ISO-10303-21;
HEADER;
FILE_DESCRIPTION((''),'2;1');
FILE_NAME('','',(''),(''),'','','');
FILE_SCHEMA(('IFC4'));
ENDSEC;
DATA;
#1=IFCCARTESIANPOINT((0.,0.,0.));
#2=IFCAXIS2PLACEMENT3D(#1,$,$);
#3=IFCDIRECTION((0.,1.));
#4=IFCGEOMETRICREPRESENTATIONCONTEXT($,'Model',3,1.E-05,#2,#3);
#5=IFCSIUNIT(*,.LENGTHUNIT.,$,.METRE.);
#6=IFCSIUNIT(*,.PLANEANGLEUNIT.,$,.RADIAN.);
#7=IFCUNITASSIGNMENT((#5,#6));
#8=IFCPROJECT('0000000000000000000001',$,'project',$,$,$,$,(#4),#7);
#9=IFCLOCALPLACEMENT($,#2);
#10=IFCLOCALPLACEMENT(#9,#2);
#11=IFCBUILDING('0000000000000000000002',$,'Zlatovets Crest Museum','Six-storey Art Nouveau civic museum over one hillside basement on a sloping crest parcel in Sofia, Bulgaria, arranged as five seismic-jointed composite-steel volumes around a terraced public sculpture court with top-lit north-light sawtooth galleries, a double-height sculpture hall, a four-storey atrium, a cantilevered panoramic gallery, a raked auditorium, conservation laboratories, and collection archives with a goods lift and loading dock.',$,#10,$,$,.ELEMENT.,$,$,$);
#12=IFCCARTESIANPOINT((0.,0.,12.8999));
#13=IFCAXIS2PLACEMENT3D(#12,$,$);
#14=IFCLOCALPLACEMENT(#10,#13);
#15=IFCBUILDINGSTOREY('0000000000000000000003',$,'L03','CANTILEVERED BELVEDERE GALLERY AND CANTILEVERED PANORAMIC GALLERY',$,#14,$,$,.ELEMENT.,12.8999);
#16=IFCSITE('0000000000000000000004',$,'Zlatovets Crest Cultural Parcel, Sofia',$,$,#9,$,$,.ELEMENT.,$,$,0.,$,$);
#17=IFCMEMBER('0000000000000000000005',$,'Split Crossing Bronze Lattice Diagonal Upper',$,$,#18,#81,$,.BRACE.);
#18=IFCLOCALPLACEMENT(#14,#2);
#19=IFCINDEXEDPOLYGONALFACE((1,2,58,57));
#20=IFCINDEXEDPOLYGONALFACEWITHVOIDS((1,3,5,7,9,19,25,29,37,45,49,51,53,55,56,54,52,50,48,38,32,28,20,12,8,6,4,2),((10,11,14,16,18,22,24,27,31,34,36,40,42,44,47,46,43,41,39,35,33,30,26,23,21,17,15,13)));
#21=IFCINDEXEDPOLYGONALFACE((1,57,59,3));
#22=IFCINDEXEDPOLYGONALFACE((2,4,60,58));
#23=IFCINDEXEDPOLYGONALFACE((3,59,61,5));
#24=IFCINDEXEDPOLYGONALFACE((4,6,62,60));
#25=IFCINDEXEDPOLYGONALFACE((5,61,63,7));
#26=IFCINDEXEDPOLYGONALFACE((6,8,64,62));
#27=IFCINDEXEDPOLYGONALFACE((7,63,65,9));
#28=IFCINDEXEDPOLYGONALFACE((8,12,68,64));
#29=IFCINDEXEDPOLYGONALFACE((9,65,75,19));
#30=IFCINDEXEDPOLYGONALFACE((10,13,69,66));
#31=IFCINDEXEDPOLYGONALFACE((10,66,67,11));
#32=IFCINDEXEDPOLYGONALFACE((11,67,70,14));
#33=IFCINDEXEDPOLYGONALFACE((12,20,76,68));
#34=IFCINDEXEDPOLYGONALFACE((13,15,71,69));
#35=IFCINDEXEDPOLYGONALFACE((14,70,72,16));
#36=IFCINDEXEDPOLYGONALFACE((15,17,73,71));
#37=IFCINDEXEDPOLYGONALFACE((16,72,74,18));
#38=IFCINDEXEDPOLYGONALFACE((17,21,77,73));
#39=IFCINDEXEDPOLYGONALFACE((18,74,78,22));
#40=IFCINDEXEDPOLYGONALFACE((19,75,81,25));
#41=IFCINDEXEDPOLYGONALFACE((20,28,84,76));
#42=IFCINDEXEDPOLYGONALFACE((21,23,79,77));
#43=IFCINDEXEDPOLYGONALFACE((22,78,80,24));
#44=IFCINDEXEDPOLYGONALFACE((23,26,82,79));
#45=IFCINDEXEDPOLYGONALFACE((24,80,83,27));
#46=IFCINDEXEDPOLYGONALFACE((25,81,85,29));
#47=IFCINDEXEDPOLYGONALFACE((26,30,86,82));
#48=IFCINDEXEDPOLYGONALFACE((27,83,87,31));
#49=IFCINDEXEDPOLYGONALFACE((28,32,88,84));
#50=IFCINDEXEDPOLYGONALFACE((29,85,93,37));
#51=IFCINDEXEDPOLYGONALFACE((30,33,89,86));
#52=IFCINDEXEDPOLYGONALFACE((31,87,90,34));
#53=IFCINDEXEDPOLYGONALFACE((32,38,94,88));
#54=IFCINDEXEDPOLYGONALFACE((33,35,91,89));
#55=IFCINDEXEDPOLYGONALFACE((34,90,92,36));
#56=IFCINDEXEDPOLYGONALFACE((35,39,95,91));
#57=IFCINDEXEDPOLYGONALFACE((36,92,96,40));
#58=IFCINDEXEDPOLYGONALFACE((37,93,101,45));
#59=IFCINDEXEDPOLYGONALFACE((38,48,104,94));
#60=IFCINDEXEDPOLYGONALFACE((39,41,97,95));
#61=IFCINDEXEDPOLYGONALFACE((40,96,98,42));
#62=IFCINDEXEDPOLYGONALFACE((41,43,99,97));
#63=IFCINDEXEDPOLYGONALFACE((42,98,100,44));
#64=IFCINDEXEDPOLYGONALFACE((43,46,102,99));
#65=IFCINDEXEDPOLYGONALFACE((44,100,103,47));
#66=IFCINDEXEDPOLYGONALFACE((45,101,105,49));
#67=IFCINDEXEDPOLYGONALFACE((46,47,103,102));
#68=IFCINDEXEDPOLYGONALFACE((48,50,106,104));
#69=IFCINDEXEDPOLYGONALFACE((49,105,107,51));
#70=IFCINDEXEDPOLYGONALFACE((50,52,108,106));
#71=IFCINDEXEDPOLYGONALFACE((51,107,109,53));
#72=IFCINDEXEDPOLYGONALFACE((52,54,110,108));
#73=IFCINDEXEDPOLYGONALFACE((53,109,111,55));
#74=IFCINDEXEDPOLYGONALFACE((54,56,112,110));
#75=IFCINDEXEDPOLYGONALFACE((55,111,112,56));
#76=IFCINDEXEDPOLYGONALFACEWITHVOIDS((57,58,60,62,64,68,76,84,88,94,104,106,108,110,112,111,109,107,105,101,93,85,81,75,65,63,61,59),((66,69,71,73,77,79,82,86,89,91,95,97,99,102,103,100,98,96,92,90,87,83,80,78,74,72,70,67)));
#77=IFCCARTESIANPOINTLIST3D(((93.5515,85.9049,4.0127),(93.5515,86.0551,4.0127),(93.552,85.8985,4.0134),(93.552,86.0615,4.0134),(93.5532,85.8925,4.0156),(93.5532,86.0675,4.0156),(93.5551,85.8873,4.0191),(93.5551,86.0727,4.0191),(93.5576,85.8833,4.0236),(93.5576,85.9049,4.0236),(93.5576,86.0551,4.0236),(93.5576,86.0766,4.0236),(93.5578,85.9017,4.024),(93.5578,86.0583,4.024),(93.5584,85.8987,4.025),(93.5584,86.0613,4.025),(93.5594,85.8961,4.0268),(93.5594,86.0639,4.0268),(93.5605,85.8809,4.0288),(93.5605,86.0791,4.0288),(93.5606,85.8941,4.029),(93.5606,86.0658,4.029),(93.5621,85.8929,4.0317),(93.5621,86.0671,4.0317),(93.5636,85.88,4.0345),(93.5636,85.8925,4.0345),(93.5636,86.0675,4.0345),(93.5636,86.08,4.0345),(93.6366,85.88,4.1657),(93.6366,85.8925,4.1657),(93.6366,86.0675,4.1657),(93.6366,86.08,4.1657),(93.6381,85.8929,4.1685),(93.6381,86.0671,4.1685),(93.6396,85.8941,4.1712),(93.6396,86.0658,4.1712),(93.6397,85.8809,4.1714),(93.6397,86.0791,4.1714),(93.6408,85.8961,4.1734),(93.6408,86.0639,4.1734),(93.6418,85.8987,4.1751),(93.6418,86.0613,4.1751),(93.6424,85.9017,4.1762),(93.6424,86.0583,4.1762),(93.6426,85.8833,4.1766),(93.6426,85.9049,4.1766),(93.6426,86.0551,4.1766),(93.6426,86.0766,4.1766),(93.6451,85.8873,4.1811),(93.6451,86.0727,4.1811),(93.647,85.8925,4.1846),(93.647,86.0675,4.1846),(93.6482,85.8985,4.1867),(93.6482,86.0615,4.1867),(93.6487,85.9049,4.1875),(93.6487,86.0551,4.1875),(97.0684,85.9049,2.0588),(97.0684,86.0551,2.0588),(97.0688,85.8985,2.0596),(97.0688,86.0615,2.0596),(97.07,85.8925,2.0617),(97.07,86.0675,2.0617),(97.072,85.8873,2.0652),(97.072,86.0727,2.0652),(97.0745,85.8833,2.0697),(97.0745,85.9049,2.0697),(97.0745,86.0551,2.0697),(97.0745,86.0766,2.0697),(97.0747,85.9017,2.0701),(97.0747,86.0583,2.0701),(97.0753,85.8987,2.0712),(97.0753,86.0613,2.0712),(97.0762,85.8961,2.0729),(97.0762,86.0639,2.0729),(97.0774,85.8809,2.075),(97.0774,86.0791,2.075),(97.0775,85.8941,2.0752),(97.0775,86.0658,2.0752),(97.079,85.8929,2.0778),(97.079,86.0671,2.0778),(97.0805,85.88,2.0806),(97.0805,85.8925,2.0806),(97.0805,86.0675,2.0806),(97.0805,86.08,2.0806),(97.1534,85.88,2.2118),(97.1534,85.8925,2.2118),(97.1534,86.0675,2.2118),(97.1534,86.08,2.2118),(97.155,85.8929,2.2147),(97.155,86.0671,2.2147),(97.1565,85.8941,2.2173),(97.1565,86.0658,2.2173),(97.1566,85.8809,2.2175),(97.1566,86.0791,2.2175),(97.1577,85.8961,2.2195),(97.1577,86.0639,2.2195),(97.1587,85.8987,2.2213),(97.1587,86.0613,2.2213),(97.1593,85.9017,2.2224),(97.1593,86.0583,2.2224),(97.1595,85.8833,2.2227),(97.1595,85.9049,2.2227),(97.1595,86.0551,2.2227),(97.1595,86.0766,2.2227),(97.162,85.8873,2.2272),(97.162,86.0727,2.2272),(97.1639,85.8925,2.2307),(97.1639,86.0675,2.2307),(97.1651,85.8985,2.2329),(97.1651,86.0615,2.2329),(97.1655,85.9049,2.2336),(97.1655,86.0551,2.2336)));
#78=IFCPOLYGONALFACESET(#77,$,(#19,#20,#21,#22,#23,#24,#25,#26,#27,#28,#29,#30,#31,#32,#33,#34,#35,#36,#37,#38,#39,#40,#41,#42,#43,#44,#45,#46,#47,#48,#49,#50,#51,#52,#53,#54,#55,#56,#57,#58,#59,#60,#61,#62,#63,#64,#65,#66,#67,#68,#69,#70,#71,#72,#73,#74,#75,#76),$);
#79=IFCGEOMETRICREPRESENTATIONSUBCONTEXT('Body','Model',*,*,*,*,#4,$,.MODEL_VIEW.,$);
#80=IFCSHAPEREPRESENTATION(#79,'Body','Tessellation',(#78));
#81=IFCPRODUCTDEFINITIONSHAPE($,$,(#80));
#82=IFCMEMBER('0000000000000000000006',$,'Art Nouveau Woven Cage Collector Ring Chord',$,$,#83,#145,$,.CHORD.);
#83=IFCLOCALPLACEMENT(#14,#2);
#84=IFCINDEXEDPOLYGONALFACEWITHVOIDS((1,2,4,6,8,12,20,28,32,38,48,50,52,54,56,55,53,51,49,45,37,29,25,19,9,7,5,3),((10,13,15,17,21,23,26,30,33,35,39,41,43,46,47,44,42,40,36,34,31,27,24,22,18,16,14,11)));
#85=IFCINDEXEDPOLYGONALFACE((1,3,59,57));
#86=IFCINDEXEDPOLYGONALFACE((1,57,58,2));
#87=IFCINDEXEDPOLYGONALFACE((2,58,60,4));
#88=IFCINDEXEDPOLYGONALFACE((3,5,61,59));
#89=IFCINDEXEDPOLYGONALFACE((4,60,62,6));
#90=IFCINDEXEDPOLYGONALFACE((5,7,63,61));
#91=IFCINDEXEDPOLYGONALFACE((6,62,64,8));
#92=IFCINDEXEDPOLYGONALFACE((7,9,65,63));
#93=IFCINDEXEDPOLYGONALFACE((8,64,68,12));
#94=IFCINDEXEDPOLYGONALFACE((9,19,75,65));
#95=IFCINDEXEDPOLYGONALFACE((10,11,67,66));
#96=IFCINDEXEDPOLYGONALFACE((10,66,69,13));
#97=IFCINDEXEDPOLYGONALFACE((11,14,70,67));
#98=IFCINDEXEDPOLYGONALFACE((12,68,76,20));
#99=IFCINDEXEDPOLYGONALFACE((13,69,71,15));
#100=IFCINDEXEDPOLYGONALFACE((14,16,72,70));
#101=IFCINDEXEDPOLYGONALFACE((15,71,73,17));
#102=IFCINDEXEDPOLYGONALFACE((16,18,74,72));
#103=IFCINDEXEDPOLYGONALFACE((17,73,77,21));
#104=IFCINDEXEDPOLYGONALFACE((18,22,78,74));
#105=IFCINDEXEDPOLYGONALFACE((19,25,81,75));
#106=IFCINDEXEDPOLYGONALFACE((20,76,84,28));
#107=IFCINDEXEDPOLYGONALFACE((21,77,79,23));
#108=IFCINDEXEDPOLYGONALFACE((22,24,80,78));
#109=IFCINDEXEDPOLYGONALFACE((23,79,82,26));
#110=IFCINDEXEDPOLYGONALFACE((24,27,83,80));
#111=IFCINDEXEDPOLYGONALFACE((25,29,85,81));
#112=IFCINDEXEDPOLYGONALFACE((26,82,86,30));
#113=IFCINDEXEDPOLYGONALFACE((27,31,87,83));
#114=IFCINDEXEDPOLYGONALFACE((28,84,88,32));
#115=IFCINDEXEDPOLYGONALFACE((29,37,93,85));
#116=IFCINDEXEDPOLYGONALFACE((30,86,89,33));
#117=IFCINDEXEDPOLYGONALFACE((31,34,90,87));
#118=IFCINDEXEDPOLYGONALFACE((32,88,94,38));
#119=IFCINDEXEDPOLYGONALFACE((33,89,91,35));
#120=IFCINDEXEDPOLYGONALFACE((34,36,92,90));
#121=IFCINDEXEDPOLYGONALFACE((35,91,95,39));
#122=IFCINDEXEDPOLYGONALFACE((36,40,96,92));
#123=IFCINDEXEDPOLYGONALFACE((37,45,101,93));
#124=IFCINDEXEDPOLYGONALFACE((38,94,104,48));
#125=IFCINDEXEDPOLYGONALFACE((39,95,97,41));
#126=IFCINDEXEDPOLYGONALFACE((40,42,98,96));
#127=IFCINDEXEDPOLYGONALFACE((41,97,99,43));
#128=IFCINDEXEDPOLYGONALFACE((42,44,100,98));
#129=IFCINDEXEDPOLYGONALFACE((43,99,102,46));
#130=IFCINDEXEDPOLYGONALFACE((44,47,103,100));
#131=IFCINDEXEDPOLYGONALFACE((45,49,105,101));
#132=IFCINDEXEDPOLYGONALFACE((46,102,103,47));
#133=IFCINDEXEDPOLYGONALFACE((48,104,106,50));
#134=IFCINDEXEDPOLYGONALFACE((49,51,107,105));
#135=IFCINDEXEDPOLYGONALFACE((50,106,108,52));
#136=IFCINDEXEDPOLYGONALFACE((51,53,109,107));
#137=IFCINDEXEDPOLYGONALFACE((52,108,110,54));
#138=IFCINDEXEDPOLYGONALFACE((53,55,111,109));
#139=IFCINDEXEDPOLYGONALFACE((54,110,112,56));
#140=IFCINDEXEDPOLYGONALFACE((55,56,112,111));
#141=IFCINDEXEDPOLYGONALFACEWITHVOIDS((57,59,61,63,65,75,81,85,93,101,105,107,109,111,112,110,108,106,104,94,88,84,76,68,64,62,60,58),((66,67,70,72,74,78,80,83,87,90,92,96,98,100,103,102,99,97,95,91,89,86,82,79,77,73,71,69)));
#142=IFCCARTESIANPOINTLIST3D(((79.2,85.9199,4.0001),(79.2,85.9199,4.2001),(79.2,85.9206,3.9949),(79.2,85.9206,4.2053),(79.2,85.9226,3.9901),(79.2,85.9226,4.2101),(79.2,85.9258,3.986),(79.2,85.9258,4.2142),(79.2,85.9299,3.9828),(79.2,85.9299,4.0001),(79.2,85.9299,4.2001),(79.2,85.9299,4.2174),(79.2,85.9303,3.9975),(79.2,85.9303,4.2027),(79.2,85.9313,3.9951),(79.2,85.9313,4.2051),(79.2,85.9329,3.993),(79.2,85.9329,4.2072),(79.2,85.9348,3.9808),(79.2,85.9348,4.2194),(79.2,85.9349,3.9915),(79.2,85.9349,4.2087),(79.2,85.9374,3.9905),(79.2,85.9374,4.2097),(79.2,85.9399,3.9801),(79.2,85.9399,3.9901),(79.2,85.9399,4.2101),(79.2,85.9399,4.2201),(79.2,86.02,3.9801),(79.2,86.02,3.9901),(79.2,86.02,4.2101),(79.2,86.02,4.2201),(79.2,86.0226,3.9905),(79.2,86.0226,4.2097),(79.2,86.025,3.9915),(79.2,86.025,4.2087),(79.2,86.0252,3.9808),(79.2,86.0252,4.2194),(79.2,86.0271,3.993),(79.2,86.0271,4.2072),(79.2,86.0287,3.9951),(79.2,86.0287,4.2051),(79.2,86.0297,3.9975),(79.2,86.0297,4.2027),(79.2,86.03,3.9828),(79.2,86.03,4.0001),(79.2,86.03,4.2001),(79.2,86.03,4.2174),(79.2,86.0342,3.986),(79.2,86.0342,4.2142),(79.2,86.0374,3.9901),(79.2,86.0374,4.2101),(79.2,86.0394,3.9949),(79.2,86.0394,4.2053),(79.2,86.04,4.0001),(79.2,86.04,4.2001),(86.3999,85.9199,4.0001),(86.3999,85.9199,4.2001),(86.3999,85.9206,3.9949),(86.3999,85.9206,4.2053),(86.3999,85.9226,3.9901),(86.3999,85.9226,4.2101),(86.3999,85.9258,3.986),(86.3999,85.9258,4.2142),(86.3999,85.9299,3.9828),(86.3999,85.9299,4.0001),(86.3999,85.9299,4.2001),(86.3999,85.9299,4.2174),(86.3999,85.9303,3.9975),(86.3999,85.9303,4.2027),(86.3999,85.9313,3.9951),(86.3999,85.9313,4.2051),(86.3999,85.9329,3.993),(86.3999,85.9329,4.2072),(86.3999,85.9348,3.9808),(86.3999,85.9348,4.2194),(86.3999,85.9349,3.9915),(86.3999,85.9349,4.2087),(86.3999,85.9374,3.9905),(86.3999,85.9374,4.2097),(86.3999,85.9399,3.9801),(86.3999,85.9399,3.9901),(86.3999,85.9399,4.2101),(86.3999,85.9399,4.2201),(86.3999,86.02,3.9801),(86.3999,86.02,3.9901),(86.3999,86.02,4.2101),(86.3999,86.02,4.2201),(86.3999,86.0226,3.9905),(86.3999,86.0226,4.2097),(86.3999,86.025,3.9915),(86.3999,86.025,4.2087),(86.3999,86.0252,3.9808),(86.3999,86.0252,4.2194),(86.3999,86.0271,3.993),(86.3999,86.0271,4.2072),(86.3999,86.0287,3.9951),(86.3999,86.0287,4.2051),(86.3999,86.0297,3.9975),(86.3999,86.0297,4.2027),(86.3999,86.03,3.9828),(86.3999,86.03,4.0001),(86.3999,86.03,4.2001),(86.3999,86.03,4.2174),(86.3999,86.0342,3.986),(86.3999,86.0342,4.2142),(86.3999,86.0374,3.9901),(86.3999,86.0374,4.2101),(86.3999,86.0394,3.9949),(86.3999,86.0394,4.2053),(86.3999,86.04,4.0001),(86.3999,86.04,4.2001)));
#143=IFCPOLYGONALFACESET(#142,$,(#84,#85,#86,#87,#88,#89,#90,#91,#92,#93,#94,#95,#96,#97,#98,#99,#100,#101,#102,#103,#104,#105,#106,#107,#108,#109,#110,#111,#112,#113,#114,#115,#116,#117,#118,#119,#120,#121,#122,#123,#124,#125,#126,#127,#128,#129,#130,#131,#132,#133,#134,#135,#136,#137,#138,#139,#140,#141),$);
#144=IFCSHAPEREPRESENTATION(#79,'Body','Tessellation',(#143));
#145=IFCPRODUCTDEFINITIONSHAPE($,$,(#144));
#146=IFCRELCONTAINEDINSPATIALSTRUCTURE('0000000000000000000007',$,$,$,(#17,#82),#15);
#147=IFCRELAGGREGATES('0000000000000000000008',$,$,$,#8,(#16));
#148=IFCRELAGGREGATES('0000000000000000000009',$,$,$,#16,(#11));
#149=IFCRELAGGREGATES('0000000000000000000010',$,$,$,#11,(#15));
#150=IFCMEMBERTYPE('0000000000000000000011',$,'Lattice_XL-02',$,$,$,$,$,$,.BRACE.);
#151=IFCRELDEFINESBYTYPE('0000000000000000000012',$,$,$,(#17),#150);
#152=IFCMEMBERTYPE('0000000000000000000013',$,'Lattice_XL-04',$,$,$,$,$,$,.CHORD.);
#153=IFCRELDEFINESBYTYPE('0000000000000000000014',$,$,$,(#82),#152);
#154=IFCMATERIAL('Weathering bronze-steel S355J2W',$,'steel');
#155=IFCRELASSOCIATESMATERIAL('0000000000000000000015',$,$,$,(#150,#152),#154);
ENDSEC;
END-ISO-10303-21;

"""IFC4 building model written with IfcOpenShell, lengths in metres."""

from ifc_helpers import new_model, si_unit, direction, frame, origin, origin_2d, place, context, subcontext, project, spatial, hollow_rectangle, extrude, material, material_profile, profile_set, type_object, element, save


model = new_model("IFC4")

# Units and contexts
model_context = context("Model", 3, precision=1e-05, world=origin(), true_north=direction((0.0, 1.0)))
body_context = subcontext(model_context, "Body", "Model", "MODEL_VIEW")
ifc_project = project(units=[si_unit("LENGTHUNIT", "METRE"), si_unit("PLANEANGLEUNIT", "RADIAN")], contexts=[model_context])

# Site, building, storey
site_placement = place(None, origin())
site = spatial("IfcSite", under=ifc_project, at=site_placement, Name="Zlatovets Crest Cultural Parcel, Sofia", CompositionType="ELEMENT", RefElevation=0.0)
building_placement = place(site_placement, origin())
building = spatial("IfcBuilding", under=site, at=building_placement, Name="Zlatovets Crest Museum", Description="Six-storey Art Nouveau civic museum over one hillside basement on a sloping crest parcel in Sofia, Bulgaria, arranged as five seismic-jointed composite-steel volumes around a terraced public sculpture court with top-lit north-light sawtooth galleries, a double-height sculpture hall, a four-storey atrium, a cantilevered panoramic gallery, a raked auditorium, conservation laboratories, and collection archives with a goods lift and loading dock.", CompositionType="ELEMENT")
storey_placement = place(building_placement, frame((0.0, 0.0, 12.8999)))
storey = spatial("IfcBuildingStorey", under=building, at=storey_placement, Name="L03", Description="CANTILEVERED BELVEDERE GALLERY AND CANTILEVERED PANORAMIC GALLERY", CompositionType="ELEMENT", Elevation=12.8999)

# Members
ifc_material_1 = material(Name="Weathering bronze-steel S355J2W", Category="steel")
ifc_material_profile_1 = material_profile(ifc_material_1, hollow_rectangle(XDim=0.2, YDim=0.2, WallThickness=0.0125, InnerFilletRadius=0.0125, OuterFilletRadius=0.0249, at=origin_2d()), Name="SHS 200x200x12.5")
ifc_profile_set_1 = profile_set([ifc_material_profile_1], Name="Weathering bronze-steel S355J2W")
member_type_1 = type_object("IfcMemberType", Name="Lattice_XL-02", PredefinedType="BRACE", material=ifc_profile_set_1)
member_1_placement = place(storey_placement, frame((93.6001, 85.98, 4.1001), z_axis=(0.874152, 0.0, -0.485653), x_axis=(0.0, 1.0, 0.0)))
element("IfcMember", 1, at=member_1_placement, inside=storey, type_object=member_type_1, Name="Split Crossing Bronze Lattice Diagonal Upper", PredefinedType="BRACE", context=body_context, shape_type="SweptSolid", body=[
    extrude(hollow_rectangle(XDim=0.2, YDim=0.2, WallThickness=0.0125, InnerFilletRadius=0.0125, OuterFilletRadius=0.0249, at=origin_2d()), origin(), (0.0, 0.0, 1.0), 4.0232),
])
ifc_material_profile_2 = material_profile(ifc_material_1, hollow_rectangle(XDim=0.1201, YDim=0.24, WallThickness=0.01, InnerFilletRadius=0.01, OuterFilletRadius=0.02, at=origin_2d()), Name="RHS 120x240x10.0")
ifc_profile_set_2 = profile_set([ifc_material_profile_2], Name="Weathering bronze-steel S355J2W")
member_type_2 = type_object("IfcMemberType", Name="Lattice_XL-04", PredefinedType="CHORD", material=ifc_profile_set_2)
member_2_placement = place(storey_placement, frame((79.2, 85.98, 4.1001), z_axis=(1.0, 0.0, 0.0), x_axis=(0.0, 1.0, 0.0)))
element("IfcMember", 2, at=member_2_placement, inside=storey, type_object=member_type_2, Name="Art Nouveau Woven Cage Collector Ring Chord", PredefinedType="CHORD", context=body_context, shape_type="SweptSolid", body=[
    extrude(hollow_rectangle(XDim=0.1201, YDim=0.24, WallThickness=0.01, InnerFilletRadius=0.01, OuterFilletRadius=0.02, at=origin_2d()), origin(), (0.0, 0.0, 1.0), 7.2),
])

save(model, "model.ifc")
